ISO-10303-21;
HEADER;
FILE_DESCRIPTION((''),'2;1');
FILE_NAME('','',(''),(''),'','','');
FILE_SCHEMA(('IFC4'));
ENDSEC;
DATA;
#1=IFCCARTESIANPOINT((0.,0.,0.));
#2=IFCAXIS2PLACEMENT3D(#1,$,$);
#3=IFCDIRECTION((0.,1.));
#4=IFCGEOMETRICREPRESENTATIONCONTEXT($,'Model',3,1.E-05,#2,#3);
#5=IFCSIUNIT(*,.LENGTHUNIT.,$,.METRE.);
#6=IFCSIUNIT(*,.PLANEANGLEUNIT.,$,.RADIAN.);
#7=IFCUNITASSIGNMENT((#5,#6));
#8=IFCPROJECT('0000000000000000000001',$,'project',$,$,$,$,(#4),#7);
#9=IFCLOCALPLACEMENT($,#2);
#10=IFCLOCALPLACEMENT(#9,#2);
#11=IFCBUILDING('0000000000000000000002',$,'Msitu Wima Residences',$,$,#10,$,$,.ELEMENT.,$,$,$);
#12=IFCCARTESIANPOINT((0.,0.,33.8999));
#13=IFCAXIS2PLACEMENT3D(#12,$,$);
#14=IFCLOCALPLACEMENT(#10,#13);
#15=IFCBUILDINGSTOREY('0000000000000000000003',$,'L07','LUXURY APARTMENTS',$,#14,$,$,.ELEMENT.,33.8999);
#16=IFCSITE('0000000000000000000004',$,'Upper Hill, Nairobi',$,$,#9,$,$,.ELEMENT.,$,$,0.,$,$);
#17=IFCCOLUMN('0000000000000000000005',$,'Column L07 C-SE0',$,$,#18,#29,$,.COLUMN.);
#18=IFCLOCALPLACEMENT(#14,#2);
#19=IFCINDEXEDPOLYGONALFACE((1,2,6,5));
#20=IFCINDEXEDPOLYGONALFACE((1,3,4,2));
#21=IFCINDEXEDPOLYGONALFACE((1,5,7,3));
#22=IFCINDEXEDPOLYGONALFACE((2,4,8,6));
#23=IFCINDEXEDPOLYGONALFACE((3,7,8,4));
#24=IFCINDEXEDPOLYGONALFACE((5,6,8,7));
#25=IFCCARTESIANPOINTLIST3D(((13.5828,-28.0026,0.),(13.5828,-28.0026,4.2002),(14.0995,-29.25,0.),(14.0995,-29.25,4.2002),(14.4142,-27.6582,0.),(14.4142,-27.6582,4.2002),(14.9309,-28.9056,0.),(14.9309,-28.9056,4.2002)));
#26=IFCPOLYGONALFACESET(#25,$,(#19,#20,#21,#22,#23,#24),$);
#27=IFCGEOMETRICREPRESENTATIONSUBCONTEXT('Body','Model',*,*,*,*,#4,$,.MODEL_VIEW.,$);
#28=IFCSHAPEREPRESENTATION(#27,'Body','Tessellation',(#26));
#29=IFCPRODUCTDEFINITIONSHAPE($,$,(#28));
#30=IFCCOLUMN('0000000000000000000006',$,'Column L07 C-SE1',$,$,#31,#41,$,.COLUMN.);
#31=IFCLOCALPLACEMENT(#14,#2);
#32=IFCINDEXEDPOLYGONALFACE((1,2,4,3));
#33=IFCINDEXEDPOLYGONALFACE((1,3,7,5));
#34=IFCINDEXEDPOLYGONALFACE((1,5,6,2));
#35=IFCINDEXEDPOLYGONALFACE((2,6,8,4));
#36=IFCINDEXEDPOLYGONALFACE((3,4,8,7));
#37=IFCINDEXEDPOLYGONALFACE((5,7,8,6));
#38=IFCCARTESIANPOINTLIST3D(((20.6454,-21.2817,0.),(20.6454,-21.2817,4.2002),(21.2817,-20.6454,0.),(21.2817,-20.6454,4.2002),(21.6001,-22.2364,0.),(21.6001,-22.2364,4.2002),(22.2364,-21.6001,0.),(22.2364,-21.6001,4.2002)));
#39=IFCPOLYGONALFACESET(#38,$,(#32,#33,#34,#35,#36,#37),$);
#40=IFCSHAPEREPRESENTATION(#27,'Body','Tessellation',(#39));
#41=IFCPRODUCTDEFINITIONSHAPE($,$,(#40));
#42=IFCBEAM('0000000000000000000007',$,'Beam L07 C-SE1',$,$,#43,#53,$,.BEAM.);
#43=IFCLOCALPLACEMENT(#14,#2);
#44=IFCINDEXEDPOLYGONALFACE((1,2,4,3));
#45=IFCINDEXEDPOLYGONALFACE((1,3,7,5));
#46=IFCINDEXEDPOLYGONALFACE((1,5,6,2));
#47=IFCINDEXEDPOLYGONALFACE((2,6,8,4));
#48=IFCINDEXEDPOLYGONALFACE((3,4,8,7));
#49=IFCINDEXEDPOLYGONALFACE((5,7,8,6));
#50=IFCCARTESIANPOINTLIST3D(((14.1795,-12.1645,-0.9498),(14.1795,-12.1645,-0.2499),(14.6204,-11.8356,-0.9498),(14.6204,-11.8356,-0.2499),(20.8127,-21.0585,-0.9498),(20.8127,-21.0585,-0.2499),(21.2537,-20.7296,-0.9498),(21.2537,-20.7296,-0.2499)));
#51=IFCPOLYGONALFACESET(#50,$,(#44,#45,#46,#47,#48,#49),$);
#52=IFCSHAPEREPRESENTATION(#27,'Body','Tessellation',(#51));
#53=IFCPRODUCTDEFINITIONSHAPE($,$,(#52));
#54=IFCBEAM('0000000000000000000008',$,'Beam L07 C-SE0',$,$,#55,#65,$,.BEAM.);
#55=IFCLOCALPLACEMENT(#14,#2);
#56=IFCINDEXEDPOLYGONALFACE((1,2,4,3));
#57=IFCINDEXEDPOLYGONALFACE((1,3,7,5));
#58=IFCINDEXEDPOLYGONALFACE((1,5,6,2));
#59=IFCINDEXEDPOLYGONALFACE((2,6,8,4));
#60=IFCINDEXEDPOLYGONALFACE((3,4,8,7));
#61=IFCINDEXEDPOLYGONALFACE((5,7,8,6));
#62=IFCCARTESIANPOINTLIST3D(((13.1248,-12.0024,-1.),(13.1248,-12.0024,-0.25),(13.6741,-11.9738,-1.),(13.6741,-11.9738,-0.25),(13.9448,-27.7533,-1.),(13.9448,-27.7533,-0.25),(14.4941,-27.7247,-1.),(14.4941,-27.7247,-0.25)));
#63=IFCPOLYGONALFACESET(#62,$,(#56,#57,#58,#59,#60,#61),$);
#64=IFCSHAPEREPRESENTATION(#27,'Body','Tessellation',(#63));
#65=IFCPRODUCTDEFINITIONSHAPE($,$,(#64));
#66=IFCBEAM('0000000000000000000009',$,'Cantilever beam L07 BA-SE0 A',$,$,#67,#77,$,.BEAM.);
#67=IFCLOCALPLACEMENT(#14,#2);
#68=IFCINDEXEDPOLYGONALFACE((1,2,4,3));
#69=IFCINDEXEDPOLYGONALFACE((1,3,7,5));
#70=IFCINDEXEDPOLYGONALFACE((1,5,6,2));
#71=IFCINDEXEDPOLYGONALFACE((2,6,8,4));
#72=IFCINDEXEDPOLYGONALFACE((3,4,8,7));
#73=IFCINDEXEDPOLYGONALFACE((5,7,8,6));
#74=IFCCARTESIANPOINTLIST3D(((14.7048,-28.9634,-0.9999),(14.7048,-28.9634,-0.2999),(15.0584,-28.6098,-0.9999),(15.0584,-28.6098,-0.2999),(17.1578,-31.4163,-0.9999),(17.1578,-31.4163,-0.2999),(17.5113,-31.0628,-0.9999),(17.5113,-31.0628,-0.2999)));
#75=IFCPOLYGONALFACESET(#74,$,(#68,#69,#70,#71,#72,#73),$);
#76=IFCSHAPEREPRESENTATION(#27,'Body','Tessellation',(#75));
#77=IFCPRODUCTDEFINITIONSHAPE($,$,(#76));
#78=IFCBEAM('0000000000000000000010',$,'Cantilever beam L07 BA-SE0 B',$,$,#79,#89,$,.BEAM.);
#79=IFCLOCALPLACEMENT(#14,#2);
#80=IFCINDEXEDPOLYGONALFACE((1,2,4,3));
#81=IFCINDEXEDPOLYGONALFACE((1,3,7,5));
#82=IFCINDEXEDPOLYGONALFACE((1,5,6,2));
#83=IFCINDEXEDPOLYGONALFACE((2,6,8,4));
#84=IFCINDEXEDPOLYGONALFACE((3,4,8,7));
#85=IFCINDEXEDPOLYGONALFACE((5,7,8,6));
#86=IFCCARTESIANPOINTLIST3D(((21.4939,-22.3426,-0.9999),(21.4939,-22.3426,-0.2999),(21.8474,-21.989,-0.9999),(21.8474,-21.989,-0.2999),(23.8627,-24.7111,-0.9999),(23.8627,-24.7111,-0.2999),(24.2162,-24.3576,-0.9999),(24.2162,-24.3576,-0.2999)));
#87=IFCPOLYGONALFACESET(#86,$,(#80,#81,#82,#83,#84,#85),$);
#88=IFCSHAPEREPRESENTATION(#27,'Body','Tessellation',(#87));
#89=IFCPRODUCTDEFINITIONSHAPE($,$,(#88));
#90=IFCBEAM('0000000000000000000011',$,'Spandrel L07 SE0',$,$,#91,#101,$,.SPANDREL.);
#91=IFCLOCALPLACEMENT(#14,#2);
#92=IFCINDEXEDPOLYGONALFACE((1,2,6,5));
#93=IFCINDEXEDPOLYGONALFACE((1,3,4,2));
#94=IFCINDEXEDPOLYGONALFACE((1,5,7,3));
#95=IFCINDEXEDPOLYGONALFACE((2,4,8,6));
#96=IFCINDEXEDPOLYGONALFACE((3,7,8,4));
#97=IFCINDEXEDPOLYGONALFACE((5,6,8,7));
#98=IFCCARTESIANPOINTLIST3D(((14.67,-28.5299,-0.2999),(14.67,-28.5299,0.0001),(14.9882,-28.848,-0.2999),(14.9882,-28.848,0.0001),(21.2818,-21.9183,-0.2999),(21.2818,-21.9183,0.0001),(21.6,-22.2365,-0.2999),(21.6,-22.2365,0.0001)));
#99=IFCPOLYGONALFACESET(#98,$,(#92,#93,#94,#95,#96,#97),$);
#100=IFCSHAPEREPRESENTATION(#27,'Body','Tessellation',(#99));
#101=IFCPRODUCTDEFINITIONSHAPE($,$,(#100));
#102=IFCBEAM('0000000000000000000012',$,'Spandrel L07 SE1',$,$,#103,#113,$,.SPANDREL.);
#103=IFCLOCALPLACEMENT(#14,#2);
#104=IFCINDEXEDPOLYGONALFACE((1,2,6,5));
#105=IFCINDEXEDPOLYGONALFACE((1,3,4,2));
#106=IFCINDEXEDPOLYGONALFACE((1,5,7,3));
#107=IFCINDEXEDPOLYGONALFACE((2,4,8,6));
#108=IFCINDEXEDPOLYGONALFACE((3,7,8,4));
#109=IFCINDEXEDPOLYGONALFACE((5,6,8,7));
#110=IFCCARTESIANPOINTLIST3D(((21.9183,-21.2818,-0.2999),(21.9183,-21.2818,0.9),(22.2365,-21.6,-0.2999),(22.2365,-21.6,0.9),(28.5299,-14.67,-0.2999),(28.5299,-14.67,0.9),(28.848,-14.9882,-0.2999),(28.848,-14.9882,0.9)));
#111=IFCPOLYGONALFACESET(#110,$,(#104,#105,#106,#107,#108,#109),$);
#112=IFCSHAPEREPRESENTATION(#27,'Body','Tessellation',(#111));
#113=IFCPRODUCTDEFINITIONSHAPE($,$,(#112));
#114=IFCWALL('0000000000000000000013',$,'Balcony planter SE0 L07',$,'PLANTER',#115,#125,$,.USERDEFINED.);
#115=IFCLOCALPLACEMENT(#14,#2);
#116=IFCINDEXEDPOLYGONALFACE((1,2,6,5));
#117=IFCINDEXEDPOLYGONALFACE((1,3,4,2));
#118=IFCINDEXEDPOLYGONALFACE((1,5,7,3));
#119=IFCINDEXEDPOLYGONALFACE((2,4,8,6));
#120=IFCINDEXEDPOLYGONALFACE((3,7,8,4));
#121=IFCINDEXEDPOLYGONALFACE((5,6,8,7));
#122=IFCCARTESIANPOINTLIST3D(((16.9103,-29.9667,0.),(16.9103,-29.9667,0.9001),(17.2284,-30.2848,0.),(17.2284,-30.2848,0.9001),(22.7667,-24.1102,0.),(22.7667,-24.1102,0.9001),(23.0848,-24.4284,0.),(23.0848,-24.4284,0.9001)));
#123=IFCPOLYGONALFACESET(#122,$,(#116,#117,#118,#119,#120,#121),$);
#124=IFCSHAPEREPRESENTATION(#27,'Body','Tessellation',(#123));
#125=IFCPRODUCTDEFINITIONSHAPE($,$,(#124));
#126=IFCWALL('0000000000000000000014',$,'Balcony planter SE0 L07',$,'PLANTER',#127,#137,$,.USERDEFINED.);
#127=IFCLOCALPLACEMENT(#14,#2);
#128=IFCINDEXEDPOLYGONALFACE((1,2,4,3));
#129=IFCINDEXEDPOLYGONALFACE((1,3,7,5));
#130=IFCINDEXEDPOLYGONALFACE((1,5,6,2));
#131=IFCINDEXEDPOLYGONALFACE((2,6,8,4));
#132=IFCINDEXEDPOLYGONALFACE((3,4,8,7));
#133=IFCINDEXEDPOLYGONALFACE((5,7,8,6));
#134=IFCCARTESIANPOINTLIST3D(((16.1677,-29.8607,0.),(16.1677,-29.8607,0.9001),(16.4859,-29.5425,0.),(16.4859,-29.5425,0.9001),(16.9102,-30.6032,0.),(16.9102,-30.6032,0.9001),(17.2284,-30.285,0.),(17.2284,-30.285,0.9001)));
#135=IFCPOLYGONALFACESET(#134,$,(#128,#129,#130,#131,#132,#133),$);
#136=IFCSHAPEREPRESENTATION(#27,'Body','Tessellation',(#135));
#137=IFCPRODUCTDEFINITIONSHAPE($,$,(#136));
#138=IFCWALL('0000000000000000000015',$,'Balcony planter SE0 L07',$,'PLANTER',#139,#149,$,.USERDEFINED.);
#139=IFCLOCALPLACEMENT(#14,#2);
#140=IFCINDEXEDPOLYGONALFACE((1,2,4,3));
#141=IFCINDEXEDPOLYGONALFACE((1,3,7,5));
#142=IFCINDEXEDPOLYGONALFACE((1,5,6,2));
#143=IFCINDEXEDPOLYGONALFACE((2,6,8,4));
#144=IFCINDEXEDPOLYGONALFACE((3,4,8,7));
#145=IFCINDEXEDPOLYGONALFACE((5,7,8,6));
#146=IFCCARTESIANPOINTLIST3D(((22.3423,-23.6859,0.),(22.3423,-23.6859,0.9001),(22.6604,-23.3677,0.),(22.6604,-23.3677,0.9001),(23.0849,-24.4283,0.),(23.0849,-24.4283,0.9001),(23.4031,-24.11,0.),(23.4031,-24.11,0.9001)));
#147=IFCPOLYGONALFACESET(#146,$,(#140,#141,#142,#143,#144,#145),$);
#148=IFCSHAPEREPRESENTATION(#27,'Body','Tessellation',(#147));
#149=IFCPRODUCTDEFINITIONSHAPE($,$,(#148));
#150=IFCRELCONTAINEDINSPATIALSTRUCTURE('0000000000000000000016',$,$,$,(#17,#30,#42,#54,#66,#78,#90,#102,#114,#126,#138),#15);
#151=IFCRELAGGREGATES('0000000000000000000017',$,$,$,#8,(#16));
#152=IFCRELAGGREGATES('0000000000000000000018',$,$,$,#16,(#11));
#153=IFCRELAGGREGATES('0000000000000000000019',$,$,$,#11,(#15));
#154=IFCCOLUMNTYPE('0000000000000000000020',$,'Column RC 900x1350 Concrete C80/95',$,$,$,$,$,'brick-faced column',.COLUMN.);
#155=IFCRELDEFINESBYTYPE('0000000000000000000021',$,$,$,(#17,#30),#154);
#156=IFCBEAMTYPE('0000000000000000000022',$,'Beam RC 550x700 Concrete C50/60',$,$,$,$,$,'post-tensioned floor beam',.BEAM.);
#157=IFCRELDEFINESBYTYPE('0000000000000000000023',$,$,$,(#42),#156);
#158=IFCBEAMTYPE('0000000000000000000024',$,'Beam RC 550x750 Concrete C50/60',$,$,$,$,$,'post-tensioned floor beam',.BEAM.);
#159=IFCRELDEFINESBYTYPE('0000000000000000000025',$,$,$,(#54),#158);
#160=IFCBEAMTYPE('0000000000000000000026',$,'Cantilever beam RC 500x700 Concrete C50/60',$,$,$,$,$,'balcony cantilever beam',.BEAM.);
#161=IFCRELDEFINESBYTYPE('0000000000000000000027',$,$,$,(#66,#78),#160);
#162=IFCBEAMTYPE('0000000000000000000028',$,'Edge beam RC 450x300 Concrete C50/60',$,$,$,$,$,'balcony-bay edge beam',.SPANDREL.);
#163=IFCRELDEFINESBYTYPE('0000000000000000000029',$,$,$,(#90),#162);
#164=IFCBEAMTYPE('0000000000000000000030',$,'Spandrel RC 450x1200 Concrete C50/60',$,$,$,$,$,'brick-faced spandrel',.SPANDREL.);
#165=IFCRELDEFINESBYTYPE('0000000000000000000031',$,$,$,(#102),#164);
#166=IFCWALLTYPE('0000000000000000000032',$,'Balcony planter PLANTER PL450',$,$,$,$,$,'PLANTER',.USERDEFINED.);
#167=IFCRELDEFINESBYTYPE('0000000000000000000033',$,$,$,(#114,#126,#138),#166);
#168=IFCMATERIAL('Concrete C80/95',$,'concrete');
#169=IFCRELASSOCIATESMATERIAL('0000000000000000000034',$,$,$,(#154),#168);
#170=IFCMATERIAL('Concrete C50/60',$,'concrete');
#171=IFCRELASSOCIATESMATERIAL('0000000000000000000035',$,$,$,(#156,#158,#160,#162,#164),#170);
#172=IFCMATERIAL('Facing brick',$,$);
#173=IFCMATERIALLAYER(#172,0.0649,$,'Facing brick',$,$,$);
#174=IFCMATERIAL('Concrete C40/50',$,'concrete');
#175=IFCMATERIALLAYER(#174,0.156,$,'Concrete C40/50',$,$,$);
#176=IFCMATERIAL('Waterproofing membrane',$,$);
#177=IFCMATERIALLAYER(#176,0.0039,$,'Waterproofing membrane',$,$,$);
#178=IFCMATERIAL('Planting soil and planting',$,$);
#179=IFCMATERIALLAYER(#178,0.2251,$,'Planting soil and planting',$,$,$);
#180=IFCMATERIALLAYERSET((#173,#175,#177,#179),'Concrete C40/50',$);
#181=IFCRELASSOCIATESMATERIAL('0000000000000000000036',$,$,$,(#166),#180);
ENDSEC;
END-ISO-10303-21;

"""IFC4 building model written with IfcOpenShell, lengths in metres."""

from ifc_helpers import new_model, si_unit, direction, frame, frame_2d, origin, origin_2d, place, context, subcontext, project, spatial, rectangle, extrude, material, layer, layer_set, material_profile, profile_set, type_object, element, save


model = new_model("IFC4")

# Units and contexts
model_context = context("Model", 3, precision=1e-05, world=origin(), true_north=direction((0.0, 1.0)))
body_context = subcontext(model_context, "Body", "Model", "MODEL_VIEW")
ifc_project = project(units=[si_unit("LENGTHUNIT", "METRE"), si_unit("PLANEANGLEUNIT", "RADIAN")], contexts=[model_context])

# Site, building, storey
site_placement = place(None, origin())
site = spatial("IfcSite", under=ifc_project, at=site_placement, Name="Upper Hill, Nairobi", CompositionType="ELEMENT", RefElevation=0.0)
building_placement = place(site_placement, origin())
building = spatial("IfcBuilding", under=site, at=building_placement, Name="Msitu Wima Residences", CompositionType="ELEMENT")
storey_placement = place(building_placement, frame((0.0, 0.0, 33.8999)))
storey = spatial("IfcBuildingStorey", under=building, at=storey_placement, Name="L07", Description="LUXURY APARTMENTS", CompositionType="ELEMENT", Elevation=33.8999)

# Columns
ifc_material_1 = material(Name="Concrete C80/95", Category="concrete")
ifc_material_profile_1 = material_profile(ifc_material_1, rectangle(XDim=0.8999, YDim=1.3501, at=origin_2d()), Name="RC 900x1350")
ifc_profile_set_1 = profile_set([ifc_material_profile_1], Name="Concrete C80/95")
column_type = type_object("IfcColumnType", Name="Column RC 900x1350 Concrete C80/95", ElementType="brick-faced column", PredefinedType="COLUMN", material=ifc_profile_set_1)
for number, where, z_axis, x_axis, name in (
    (1, (14.2568, -28.4541, 0.0), (0.0, 0.0, 1.0), (0.92388, 0.382683, 0.0), "Column L07 C-SE0"),
    (2, (21.4409, -21.4409, 0.0), (0.0, 0.0, 1.0), (0.707107, 0.707107, 0.0), "Column L07 C-SE1"),
):
    element("IfcColumn", number, at=place(storey_placement, frame(where, z_axis=z_axis, x_axis=x_axis)), inside=storey, type_object=column_type, Name=name, PredefinedType="COLUMN", context=body_context, shape_type="SweptSolid", body=[
        extrude(rectangle(XDim=0.8999, YDim=1.3501, at=origin_2d()), origin(), (0.0, 0.0, 1.0), 4.2002),
    ])

# Beams
ifc_material_2 = material(Name="Concrete C50/60", Category="concrete")
ifc_material_profile_2 = material_profile(ifc_material_2, rectangle(XDim=0.55, YDim=0.7, at=origin_2d()), Name="RC 550x700")
ifc_profile_set_2 = profile_set([ifc_material_profile_2], Name="Concrete C50/60")
beam_type_1 = type_object("IfcBeamType", Name="Beam RC 550x700 Concrete C50/60", ElementType="post-tensioned floor beam", PredefinedType="BEAM", material=ifc_profile_set_2)
beam_1_placement = place(storey_placement, frame((21.0332, -20.894, -0.5999), z_axis=(-0.59785, 0.801608, 0.0), x_axis=(-0.801608, -0.59785, 0.0)))
element("IfcBeam", 3, at=beam_1_placement, inside=storey, type_object=beam_type_1, Name="Beam L07 C-SE1", PredefinedType="BEAM", context=body_context, shape_type="SweptSolid", body=[
    extrude(rectangle(XDim=0.55, YDim=0.7, at=origin_2d()), origin(), (0.0, 0.0, 1.0), 11.0952),
])
ifc_material_profile_3 = material_profile(ifc_material_2, rectangle(XDim=0.55, YDim=0.75, at=origin_2d()), Name="RC 550x750")
ifc_profile_set_3 = profile_set([ifc_material_profile_3], Name="Concrete C50/60")
beam_type_2 = type_object("IfcBeamType", Name="Beam RC 550x750 Concrete C50/60", ElementType="post-tensioned floor beam", PredefinedType="BEAM", material=ifc_profile_set_3)
beam_2_placement = place(storey_placement, frame((14.2195, -27.739, -0.625), z_axis=(-0.051994, 0.998647, 0.0), x_axis=(-0.998647, -0.051994, 0.0)))
element("IfcBeam", 4, at=beam_2_placement, inside=storey, type_object=beam_type_2, Name="Beam L07 C-SE0", PredefinedType="BEAM", context=body_context, shape_type="SweptSolid", body=[
    extrude(rectangle(XDim=0.55, YDim=0.75, at=origin_2d()), origin(), (0.0, 0.0, 1.0), 15.7722),
])
ifc_material_profile_4 = material_profile(ifc_material_2, rectangle(XDim=0.5, YDim=0.7, at=origin_2d()), Name="RC 500x700")
ifc_profile_set_4 = profile_set([ifc_material_profile_4], Name="Concrete C50/60")
beam_type_3 = type_object("IfcBeamType", Name="Cantilever beam RC 500x700 Concrete C50/60", ElementType="balcony cantilever beam", PredefinedType="BEAM", material=ifc_profile_set_4)
beam_3_placement = place(storey_placement, frame((14.8816, -28.7866, -0.6499), z_axis=(0.707107, -0.707107, 0.0), x_axis=(0.707107, 0.707107, 0.0)))
element("IfcBeam", 5, at=beam_3_placement, inside=storey, type_object=beam_type_3, Name="Cantilever beam L07 BA-SE0 A", PredefinedType="BEAM", context=body_context, shape_type="SweptSolid", body=[
    extrude(rectangle(XDim=0.5, YDim=0.7, at=origin_2d()), origin(), (0.0, 0.0, 1.0), 3.469),
])
beam_4_placement = place(storey_placement, frame((21.6707, -22.1658, -0.6499), z_axis=(0.707143, -0.70707, 0.0), x_axis=(0.70707, 0.707143, 0.0)))
element("IfcBeam", 6, at=beam_4_placement, inside=storey, type_object=beam_type_3, Name="Cantilever beam L07 BA-SE0 B", PredefinedType="BEAM", context=body_context, shape_type="SweptSolid", body=[
    extrude(rectangle(XDim=0.5, YDim=0.7, at=origin_2d()), origin(), (0.0, 0.0, 1.0), 3.3499),
])
ifc_material_profile_5 = material_profile(ifc_material_2, rectangle(XDim=0.45, YDim=0.3, at=origin_2d()), Name="RC 450x300")
ifc_profile_set_5 = profile_set([ifc_material_profile_5], Name="Concrete C50/60")
beam_type_4 = type_object("IfcBeamType", Name="Edge beam RC 450x300 Concrete C50/60", ElementType="balcony-bay edge beam", PredefinedType="SPANDREL", material=ifc_profile_set_5)
beam_5_placement = place(storey_placement, frame((14.8291, -28.689, -0.1499), z_axis=(0.70712, 0.707094, 0.0), x_axis=(-0.707094, 0.70712, 0.0)))
element("IfcBeam", 7, at=beam_5_placement, inside=storey, type_object=beam_type_4, Name="Spandrel L07 SE0", PredefinedType="SPANDREL", context=body_context, shape_type="SweptSolid", body=[
    extrude(rectangle(XDim=0.45, YDim=0.3, at=origin_2d()), origin(), (0.0, 0.0, 1.0), 9.3503),
])
ifc_material_profile_6 = material_profile(ifc_material_2, rectangle(XDim=0.45, YDim=1.2, at=origin_2d()), Name="RC 450x1200")
ifc_profile_set_6 = profile_set([ifc_material_profile_6], Name="Concrete C50/60")
beam_type_5 = type_object("IfcBeamType", Name="Spandrel RC 450x1200 Concrete C50/60", ElementType="brick-faced spandrel", PredefinedType="SPANDREL", material=ifc_profile_set_6)
beam_6_placement = place(storey_placement, frame((22.0774, -21.4409, 0.3), z_axis=(0.707094, 0.70712, 0.0), x_axis=(-0.70712, 0.707094, 0.0)))
element("IfcBeam", 8, at=beam_6_placement, inside=storey, type_object=beam_type_5, Name="Spandrel L07 SE1", PredefinedType="SPANDREL", context=body_context, shape_type="SweptSolid", body=[
    extrude(rectangle(XDim=0.45, YDim=1.2, at=origin_2d()), origin(), (0.0, 0.0, 1.0), 9.3503),
])

# Walls
ifc_material_3 = material(Name="Facing brick")
ifc_layer_1 = layer(ifc_material_3, 0.0649, Name="Facing brick")
ifc_material_4 = material(Name="Concrete C40/50", Category="concrete")
ifc_layer_2 = layer(ifc_material_4, 0.156, Name="Concrete C40/50")
ifc_material_5 = material(Name="Waterproofing membrane")
ifc_layer_3 = layer(ifc_material_5, 0.0039, Name="Waterproofing membrane")
ifc_material_6 = material(Name="Planting soil and planting")
ifc_layer_4 = layer(ifc_material_6, 0.2251, Name="Planting soil and planting")
ifc_layer_set_1 = layer_set([ifc_layer_1, ifc_layer_2, ifc_layer_3, ifc_layer_4], Name="Concrete C40/50")
wall_type_1 = type_object("IfcWallType", Name="Balcony planter PLANTER PL450", ElementType="PLANTER", PredefinedType="USERDEFINED", material=ifc_layer_set_1)
wall_1_placement = place(storey_placement, frame((17.0693, -30.1257, 0.0), z_axis=(0.0, 0.0, 1.0), x_axis=(0.707107, 0.707107, 0.0)))
element("IfcWall", 9, at=wall_1_placement, inside=storey, type_object=wall_type_1, Name="Balcony planter SE0 L07", ObjectType="PLANTER", PredefinedType="USERDEFINED", context=body_context, shape_type="SweptSolid", body=[
    extrude(rectangle(XDim=8.2822, YDim=0.45, at=frame_2d((4.1411, 0.0))), origin(), (0.0, 0.0, 1.0), 0.9001),
])
for number, where, z_axis, x_axis, name in (
    (10, (16.3269, -29.7017, 0.0), (0.0, 0.0, 1.0), (0.707107, -0.707107, 0.0), "Balcony planter SE0 L07"),
    (11, (22.5015, -23.5269, 0.0), (0.0, 0.0, 1.0), (0.707223, -0.706991, 0.0), "Balcony planter SE0 L07"),
):
    element("IfcWall", number, at=place(storey_placement, frame(where, z_axis=z_axis, x_axis=x_axis)), inside=storey, type_object=wall_type_1, Name=name, ObjectType="PLANTER", PredefinedType="USERDEFINED", context=body_context, shape_type="SweptSolid", body=[
        extrude(rectangle(XDim=1.05, YDim=0.45, at=frame_2d((0.5249, 0.0))), origin(), (0.0, 0.0, 1.0), 0.9001),
    ])

save(model, "model.ifc")
